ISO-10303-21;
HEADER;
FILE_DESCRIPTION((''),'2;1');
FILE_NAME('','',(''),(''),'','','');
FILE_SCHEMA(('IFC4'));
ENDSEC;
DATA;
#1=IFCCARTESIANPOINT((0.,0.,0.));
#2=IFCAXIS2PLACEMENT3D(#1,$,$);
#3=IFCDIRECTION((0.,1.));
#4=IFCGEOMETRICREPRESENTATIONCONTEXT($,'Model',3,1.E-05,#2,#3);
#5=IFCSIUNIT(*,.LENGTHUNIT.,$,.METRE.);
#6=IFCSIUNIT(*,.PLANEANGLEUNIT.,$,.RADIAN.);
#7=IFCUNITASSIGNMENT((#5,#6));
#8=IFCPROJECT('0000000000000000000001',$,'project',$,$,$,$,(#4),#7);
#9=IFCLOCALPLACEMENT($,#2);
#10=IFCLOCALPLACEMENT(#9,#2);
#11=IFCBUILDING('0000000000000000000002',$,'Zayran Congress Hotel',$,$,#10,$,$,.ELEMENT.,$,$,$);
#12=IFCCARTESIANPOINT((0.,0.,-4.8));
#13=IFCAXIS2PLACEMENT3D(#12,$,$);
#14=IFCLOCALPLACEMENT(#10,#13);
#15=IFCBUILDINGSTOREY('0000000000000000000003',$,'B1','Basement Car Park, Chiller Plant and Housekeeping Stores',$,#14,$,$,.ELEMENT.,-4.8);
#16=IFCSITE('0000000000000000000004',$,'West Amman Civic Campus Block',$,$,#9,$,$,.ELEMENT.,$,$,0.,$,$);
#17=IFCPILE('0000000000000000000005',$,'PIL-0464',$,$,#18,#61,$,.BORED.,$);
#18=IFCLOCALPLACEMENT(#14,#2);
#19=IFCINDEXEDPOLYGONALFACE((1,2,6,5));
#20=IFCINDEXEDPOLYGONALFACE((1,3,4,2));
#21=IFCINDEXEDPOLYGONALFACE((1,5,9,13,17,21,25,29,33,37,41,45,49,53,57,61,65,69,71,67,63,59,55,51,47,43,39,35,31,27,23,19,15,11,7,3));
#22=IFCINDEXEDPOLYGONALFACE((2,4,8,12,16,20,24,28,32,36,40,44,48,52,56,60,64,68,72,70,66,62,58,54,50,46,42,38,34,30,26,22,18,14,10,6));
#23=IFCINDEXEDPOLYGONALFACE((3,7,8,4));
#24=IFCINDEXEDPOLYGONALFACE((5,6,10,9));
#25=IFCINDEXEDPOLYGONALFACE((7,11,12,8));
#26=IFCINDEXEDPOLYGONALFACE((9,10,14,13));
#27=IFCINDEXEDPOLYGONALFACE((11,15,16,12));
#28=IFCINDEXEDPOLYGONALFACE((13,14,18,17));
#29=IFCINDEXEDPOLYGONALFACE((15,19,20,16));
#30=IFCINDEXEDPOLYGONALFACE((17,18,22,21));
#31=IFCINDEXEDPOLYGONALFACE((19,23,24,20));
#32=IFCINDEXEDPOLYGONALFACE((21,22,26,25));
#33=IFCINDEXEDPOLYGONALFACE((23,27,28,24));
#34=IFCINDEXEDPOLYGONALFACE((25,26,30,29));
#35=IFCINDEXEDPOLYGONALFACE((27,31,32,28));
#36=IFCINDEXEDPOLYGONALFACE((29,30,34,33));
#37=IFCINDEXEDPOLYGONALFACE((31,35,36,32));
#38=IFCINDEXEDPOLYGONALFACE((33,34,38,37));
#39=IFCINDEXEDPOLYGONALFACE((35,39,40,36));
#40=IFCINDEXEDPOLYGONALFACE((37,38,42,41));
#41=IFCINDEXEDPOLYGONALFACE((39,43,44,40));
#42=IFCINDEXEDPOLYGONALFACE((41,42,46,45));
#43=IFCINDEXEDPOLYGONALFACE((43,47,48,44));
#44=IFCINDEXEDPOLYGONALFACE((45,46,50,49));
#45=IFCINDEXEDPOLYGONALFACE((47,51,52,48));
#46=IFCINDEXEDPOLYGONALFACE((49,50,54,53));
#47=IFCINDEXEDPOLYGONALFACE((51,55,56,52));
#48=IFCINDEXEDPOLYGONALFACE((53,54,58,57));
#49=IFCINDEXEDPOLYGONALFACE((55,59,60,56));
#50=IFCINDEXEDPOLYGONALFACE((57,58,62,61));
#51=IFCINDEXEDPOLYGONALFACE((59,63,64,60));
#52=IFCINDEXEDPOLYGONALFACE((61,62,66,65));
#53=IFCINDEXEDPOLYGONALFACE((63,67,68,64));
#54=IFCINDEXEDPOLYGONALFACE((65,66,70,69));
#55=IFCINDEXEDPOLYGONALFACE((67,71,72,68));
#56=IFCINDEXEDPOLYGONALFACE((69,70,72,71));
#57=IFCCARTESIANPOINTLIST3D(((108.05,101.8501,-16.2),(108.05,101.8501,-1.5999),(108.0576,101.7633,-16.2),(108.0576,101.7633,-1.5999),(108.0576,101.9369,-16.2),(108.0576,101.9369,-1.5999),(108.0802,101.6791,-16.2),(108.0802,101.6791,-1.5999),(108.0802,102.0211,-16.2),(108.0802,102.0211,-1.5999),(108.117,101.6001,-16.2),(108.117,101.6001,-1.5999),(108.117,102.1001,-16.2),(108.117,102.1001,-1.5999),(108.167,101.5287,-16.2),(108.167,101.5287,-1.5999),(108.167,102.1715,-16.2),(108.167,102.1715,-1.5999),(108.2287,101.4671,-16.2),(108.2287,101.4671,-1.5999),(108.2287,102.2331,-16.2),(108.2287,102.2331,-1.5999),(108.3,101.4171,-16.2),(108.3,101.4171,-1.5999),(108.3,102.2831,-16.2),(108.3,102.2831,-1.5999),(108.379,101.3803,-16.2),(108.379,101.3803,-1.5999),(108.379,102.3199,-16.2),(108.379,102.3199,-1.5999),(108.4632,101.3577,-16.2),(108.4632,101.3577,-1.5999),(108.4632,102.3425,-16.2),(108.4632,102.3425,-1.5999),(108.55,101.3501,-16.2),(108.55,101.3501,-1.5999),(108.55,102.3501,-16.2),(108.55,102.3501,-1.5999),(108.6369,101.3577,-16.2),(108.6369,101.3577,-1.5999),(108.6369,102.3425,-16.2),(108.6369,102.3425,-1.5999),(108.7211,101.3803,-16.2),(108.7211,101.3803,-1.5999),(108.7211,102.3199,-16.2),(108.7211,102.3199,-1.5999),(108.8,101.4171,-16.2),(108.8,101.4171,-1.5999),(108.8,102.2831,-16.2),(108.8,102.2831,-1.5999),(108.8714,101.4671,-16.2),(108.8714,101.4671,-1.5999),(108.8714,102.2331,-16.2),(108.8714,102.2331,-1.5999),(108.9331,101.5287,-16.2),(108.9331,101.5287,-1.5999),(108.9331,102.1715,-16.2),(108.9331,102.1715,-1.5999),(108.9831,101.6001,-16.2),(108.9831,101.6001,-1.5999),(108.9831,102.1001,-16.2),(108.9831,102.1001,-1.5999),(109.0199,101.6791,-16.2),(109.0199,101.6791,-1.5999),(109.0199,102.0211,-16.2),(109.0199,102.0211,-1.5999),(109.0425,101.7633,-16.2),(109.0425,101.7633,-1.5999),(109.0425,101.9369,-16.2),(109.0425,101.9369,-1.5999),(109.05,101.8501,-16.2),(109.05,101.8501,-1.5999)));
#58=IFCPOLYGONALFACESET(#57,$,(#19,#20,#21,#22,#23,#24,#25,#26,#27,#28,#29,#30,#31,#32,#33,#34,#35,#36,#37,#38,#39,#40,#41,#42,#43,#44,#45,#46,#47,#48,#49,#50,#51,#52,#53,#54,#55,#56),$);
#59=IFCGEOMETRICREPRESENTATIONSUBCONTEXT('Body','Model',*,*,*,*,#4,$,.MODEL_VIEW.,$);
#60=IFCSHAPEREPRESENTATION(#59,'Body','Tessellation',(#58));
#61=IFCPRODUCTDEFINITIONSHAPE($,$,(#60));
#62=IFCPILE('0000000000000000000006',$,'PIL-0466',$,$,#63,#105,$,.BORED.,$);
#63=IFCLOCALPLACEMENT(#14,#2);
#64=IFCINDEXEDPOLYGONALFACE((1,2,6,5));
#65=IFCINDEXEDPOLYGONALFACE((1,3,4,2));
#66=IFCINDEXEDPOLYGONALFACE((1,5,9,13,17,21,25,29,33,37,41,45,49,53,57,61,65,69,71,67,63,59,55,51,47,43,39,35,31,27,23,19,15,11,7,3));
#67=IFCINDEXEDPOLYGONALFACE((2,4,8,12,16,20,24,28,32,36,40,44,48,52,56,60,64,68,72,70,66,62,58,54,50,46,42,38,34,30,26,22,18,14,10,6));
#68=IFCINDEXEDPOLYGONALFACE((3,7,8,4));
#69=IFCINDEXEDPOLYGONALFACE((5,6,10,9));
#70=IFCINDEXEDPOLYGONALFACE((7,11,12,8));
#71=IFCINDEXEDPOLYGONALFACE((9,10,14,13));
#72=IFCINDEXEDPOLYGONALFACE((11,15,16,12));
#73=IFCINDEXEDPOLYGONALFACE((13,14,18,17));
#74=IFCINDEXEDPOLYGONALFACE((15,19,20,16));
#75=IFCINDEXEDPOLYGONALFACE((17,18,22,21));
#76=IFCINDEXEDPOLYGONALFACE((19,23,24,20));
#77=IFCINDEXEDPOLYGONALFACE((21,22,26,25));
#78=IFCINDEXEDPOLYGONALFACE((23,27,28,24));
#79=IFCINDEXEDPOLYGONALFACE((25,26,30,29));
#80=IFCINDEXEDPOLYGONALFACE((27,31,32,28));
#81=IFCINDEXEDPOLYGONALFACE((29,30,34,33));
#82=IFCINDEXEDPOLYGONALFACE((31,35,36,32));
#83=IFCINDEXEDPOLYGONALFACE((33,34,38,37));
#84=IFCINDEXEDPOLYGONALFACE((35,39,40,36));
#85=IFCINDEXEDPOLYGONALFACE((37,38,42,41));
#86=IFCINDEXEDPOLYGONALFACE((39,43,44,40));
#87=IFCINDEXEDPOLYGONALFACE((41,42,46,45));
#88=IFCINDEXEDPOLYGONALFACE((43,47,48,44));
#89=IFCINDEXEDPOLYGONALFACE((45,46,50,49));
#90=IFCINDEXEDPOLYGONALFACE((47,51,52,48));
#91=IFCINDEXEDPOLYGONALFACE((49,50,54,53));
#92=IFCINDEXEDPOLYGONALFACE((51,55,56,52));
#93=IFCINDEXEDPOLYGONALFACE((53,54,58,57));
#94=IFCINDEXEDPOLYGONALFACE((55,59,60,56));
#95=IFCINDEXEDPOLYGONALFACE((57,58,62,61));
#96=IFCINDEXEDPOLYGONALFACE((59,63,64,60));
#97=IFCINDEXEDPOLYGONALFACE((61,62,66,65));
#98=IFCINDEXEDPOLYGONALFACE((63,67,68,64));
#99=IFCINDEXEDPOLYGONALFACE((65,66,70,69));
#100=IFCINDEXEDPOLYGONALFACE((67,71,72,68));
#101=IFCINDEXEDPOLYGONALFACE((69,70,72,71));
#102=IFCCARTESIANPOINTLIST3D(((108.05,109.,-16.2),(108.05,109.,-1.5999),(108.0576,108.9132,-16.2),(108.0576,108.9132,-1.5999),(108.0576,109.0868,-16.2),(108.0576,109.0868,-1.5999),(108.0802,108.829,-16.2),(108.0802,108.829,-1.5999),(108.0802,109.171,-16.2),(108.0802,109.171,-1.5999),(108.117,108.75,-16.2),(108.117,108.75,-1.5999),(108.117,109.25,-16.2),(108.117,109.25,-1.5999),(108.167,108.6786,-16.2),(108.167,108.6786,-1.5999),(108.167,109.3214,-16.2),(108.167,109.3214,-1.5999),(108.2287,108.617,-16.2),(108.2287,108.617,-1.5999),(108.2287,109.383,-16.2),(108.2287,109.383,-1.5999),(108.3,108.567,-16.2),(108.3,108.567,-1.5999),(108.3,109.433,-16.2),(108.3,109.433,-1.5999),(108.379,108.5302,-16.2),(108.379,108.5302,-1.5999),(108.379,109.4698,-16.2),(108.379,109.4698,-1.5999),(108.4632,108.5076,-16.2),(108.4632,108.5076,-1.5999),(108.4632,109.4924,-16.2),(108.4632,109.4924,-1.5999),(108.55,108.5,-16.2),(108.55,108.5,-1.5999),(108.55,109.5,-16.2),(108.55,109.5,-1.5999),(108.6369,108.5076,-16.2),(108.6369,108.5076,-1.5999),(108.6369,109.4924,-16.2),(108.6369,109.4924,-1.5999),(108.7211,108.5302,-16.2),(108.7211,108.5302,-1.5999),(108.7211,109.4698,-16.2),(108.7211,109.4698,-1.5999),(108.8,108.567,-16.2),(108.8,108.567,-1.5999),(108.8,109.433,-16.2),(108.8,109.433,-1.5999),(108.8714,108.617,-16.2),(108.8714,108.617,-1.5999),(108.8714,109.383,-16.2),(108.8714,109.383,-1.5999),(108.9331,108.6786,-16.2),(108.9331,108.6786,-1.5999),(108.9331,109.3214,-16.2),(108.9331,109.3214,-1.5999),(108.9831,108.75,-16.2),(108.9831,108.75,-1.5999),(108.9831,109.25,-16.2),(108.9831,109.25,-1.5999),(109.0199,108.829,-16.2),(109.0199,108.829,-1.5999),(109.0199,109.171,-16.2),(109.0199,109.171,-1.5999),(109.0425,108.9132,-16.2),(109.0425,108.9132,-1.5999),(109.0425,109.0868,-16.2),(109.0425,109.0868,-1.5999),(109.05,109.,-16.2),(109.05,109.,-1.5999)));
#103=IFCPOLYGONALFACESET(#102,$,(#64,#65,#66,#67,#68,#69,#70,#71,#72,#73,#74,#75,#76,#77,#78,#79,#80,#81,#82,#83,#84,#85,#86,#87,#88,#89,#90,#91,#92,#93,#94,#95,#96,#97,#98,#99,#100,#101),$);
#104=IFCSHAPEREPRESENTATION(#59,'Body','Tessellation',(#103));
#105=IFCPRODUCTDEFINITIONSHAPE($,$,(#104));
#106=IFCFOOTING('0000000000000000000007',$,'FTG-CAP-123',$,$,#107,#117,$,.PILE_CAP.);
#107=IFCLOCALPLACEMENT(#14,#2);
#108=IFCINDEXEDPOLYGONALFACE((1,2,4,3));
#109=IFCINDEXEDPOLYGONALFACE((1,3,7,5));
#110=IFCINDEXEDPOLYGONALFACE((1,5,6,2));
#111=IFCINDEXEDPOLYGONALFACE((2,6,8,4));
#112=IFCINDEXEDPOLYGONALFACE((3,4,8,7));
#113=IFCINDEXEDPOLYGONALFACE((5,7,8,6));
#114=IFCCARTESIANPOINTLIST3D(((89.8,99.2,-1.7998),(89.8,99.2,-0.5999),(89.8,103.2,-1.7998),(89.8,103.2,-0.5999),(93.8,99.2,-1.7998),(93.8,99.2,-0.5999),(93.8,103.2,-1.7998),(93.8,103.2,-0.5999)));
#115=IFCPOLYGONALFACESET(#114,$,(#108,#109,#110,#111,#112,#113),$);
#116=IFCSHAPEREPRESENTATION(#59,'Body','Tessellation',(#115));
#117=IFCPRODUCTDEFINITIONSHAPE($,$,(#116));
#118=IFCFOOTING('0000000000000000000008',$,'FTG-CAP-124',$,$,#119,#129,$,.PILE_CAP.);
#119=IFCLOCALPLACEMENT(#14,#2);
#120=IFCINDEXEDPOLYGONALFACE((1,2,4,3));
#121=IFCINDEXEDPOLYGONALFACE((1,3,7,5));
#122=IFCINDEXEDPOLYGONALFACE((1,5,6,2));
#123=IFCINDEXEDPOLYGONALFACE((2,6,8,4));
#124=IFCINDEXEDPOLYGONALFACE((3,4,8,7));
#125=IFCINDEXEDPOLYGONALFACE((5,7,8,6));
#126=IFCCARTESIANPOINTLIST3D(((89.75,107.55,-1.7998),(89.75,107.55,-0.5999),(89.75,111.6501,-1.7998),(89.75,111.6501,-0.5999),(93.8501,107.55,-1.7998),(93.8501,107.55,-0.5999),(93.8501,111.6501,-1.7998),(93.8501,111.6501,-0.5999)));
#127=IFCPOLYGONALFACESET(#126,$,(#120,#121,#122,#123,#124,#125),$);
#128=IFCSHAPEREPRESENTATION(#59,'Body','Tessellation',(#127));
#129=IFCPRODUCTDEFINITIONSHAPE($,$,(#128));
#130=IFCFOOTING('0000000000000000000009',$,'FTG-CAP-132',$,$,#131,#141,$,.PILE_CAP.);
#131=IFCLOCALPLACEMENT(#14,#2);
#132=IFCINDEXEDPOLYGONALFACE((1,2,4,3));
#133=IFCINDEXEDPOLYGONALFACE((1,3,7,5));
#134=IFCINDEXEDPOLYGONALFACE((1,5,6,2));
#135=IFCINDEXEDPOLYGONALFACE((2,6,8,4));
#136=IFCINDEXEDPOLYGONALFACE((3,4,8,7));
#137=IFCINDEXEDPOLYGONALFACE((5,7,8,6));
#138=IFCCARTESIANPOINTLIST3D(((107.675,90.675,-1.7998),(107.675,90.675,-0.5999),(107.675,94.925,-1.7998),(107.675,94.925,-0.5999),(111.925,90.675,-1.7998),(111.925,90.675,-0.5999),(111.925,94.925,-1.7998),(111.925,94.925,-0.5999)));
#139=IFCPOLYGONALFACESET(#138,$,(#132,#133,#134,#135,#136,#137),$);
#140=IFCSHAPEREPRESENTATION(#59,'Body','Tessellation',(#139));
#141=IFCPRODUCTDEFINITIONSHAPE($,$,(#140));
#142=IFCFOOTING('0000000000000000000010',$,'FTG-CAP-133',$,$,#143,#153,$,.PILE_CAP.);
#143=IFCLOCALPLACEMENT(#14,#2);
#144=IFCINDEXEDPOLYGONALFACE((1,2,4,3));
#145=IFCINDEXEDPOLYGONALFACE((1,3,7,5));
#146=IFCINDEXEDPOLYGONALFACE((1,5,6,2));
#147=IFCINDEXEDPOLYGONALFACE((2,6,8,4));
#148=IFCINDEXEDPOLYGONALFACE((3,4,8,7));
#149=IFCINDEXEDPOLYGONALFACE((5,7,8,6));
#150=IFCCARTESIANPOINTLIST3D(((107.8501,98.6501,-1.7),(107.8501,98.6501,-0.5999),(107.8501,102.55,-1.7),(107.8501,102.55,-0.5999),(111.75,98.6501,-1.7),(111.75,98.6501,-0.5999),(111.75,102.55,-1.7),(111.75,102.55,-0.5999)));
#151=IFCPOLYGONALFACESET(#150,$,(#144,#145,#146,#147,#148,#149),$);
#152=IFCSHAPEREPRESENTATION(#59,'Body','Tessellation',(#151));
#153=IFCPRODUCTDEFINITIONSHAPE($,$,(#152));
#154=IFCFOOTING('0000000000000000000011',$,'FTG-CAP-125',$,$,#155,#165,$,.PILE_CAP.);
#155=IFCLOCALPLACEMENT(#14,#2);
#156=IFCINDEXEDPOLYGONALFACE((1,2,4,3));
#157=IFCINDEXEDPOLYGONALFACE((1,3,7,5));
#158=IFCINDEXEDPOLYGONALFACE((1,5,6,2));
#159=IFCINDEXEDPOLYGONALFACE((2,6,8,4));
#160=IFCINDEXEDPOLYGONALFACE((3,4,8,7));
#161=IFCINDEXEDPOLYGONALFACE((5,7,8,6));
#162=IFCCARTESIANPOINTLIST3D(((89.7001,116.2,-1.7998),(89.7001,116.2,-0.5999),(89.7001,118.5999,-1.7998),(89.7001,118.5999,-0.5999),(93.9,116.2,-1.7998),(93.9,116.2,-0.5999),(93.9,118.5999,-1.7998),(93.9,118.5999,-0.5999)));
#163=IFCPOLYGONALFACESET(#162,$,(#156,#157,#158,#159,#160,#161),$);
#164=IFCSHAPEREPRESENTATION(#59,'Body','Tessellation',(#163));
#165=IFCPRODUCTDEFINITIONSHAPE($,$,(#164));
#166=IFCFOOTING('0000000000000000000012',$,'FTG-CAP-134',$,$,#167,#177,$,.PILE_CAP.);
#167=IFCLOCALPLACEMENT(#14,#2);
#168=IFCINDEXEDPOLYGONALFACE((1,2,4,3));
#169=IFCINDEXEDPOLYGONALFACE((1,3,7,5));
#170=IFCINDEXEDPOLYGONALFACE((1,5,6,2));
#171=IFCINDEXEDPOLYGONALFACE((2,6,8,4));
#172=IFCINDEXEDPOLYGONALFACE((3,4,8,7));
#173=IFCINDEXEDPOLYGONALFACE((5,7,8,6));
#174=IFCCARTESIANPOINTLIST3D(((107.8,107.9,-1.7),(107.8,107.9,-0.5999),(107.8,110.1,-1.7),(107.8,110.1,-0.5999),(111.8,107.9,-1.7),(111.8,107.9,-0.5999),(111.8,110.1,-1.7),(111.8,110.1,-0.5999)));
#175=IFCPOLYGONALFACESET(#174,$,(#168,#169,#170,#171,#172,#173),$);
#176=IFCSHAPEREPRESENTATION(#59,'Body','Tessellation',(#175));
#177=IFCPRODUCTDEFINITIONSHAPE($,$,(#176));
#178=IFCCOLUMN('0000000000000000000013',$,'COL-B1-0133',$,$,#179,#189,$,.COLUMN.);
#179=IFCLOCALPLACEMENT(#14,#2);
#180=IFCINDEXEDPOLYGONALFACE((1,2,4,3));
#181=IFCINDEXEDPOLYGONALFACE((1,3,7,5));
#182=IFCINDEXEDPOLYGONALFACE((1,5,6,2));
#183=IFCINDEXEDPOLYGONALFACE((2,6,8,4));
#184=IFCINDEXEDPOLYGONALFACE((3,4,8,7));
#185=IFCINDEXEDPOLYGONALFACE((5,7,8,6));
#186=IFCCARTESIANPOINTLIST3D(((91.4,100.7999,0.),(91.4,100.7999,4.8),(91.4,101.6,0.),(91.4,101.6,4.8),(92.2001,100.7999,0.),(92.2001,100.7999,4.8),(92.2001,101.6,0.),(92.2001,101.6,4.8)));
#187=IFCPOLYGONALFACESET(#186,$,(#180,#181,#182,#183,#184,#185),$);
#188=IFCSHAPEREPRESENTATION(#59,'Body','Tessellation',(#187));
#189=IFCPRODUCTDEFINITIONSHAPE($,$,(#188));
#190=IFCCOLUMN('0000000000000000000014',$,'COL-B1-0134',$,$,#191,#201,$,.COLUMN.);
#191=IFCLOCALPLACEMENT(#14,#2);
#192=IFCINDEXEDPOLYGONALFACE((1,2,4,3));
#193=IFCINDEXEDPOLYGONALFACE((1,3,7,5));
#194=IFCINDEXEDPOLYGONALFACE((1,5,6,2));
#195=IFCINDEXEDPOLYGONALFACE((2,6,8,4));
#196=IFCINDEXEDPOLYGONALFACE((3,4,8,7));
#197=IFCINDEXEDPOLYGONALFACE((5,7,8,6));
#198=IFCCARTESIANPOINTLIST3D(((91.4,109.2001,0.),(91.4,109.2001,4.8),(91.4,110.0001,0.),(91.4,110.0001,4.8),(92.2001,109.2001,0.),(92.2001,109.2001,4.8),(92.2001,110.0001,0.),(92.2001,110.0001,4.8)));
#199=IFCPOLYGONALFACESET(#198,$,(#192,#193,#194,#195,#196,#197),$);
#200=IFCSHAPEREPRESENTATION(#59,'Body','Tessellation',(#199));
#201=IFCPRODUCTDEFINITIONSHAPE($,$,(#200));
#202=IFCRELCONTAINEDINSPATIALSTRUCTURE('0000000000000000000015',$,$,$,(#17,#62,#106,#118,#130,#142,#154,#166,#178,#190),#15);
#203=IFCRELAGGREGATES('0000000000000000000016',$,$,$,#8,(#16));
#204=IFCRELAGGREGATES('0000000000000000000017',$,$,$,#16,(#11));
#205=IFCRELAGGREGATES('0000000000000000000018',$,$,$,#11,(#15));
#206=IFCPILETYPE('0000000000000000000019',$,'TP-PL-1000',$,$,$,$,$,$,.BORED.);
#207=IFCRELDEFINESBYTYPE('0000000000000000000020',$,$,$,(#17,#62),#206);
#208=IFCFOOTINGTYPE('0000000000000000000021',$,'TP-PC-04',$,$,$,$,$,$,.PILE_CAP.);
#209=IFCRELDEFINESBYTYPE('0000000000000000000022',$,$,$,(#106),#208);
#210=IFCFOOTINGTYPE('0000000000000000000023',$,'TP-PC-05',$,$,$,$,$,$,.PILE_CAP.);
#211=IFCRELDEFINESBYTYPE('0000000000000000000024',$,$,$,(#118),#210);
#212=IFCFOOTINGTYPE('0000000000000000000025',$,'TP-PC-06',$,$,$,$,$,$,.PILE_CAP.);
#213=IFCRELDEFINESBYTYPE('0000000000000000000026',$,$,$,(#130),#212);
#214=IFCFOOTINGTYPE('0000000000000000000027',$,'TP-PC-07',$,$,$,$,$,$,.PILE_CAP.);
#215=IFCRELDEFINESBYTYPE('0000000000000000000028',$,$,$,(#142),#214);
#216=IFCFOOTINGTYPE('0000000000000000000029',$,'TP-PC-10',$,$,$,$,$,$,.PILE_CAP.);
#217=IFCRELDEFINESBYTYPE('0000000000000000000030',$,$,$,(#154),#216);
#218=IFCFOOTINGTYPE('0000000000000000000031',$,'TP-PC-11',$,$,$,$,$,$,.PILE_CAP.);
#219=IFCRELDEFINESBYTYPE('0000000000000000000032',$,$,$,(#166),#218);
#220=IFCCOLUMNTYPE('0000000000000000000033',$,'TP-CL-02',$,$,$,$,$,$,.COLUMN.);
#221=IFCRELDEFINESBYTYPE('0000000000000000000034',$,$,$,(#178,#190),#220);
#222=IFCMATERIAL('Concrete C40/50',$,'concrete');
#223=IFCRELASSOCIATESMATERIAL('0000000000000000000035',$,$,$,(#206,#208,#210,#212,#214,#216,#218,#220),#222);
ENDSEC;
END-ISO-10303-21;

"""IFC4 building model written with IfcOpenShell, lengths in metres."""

from ifc_helpers import new_model, si_unit, direction, frame, origin, origin_2d, place, context, subcontext, project, spatial, rectangle, circle, extrude, material, material_profile, profile_set, type_object, element, save


model = new_model("IFC4")

# Units and contexts
model_context = context("Model", 3, precision=1e-05, world=origin(), true_north=direction((0.0, 1.0)))
body_context = subcontext(model_context, "Body", "Model", "MODEL_VIEW")
ifc_project = project(units=[si_unit("LENGTHUNIT", "METRE"), si_unit("PLANEANGLEUNIT", "RADIAN")], contexts=[model_context])

# Site, building, storey
site_placement = place(None, origin())
site = spatial("IfcSite", under=ifc_project, at=site_placement, Name="West Amman Civic Campus Block", CompositionType="ELEMENT", RefElevation=0.0)
building_placement = place(site_placement, origin())
building = spatial("IfcBuilding", under=site, at=building_placement, Name="Zayran Congress Hotel", CompositionType="ELEMENT")
storey_placement = place(building_placement, frame((0.0, 0.0, -4.8)))
storey = spatial("IfcBuildingStorey", under=building, at=storey_placement, Name="B1", Description="Basement Car Park, Chiller Plant and Housekeeping Stores", CompositionType="ELEMENT", Elevation=-4.8)

# Piles
ifc_material_1 = material(Name="Concrete C40/50", Category="concrete")
ifc_material_profile_1 = material_profile(ifc_material_1, circle(Radius=0.5, at=origin_2d()), Name="PILE D1000")
ifc_profile_set_1 = profile_set([ifc_material_profile_1], Name="Concrete C40/50")
pile_type = type_object("IfcPileType", Name="TP-PL-1000", PredefinedType="BORED", material=ifc_profile_set_1)
for number, where, z_axis, x_axis, name in (
    (1, (108.55, 101.8501, -1.5999), (0.0, 0.0, -1.0), (1.0, 0.0, 0.0), "PIL-0464"),
    (2, (108.55, 109.0, -1.5999), (0.0, 0.0, -1.0), (1.0, 0.0, 0.0), "PIL-0466"),
):
    element("IfcPile", number, at=place(storey_placement, frame(where, z_axis=z_axis, x_axis=x_axis)), inside=storey, type_object=pile_type, Name=name, PredefinedType="BORED", context=body_context, shape_type="SweptSolid", body=[
        extrude(circle(Radius=0.5, at=origin_2d()), origin(), (0.0, 0.0, 1.0), 14.6001),
    ])

# Footings
footing_type_1 = type_object("IfcFootingType", Name="TP-PC-04", PredefinedType="PILE_CAP", material=ifc_material_1)
footing_1_placement = place(storey_placement, frame((91.8, 101.2, -1.7998), z_axis=(0.0, 0.0, 1.0), x_axis=(1.0, 0.0, 0.0)))
element("IfcFooting", 3, at=footing_1_placement, inside=storey, type_object=footing_type_1, Name="FTG-CAP-123", PredefinedType="PILE_CAP", context=body_context, shape_type="SweptSolid", body=[
    extrude(rectangle(XDim=4.0, YDim=4.0, at=origin_2d()), origin(), (0.0, 0.0, 1.0), 1.2),
])
footing_type_2 = type_object("IfcFootingType", Name="TP-PC-05", PredefinedType="PILE_CAP", material=ifc_material_1)
footing_2_placement = place(storey_placement, frame((91.8, 109.6001, -1.7998), z_axis=(0.0, 0.0, 1.0), x_axis=(1.0, 0.0, 0.0)))
element("IfcFooting", 4, at=footing_2_placement, inside=storey, type_object=footing_type_2, Name="FTG-CAP-124", PredefinedType="PILE_CAP", context=body_context, shape_type="SweptSolid", body=[
    extrude(rectangle(XDim=4.1001, YDim=4.1001, at=origin_2d()), origin(), (0.0, 0.0, 1.0), 1.2),
])
footing_type_3 = type_object("IfcFootingType", Name="TP-PC-06", PredefinedType="PILE_CAP", material=ifc_material_1)
footing_3_placement = place(storey_placement, frame((109.8, 92.8, -1.7998), z_axis=(0.0, 0.0, 1.0), x_axis=(1.0, 0.0, 0.0)))
element("IfcFooting", 5, at=footing_3_placement, inside=storey, type_object=footing_type_3, Name="FTG-CAP-132", PredefinedType="PILE_CAP", context=body_context, shape_type="SweptSolid", body=[
    extrude(rectangle(XDim=4.25, YDim=4.25, at=origin_2d()), origin(), (0.0, 0.0, 1.0), 1.2),
])
footing_type_4 = type_object("IfcFootingType", Name="TP-PC-07", PredefinedType="PILE_CAP", material=ifc_material_1)
footing_4_placement = place(storey_placement, frame((109.8, 100.6001, -1.7), z_axis=(0.0, 0.0, 1.0), x_axis=(1.0, 0.0, 0.0)))
element("IfcFooting", 6, at=footing_4_placement, inside=storey, type_object=footing_type_4, Name="FTG-CAP-133", PredefinedType="PILE_CAP", context=body_context, shape_type="SweptSolid", body=[
    extrude(rectangle(XDim=3.8999, YDim=3.8999, at=origin_2d()), origin(), (0.0, 0.0, 1.0), 1.1001),
])
footing_type_5 = type_object("IfcFootingType", Name="TP-PC-10", PredefinedType="PILE_CAP", material=ifc_material_1)
footing_5_placement = place(storey_placement, frame((91.8, 117.3999, -1.7998), z_axis=(0.0, 0.0, 1.0), x_axis=(1.0, 0.0, 0.0)))
element("IfcFooting", 7, at=footing_5_placement, inside=storey, type_object=footing_type_5, Name="FTG-CAP-125", PredefinedType="PILE_CAP", context=body_context, shape_type="SweptSolid", body=[
    extrude(rectangle(XDim=4.2, YDim=2.3999, at=origin_2d()), origin(), (0.0, 0.0, 1.0), 1.2),
])
footing_type_6 = type_object("IfcFootingType", Name="TP-PC-11", PredefinedType="PILE_CAP", material=ifc_material_1)
footing_6_placement = place(storey_placement, frame((109.8, 109.0, -1.7), z_axis=(0.0, 0.0, 1.0), x_axis=(1.0, 0.0, 0.0)))
element("IfcFooting", 8, at=footing_6_placement, inside=storey, type_object=footing_type_6, Name="FTG-CAP-134", PredefinedType="PILE_CAP", context=body_context, shape_type="SweptSolid", body=[
    extrude(rectangle(XDim=4.0, YDim=2.2, at=origin_2d()), origin(), (0.0, 0.0, 1.0), 1.1001),
])

# Columns
ifc_material_profile_2 = material_profile(ifc_material_1, rectangle(XDim=0.8, YDim=0.8, at=origin_2d()), Name="RC 800x800")
ifc_profile_set_2 = profile_set([ifc_material_profile_2], Name="Concrete C40/50")
column_type_1 = type_object("IfcColumnType", Name="TP-CL-02", PredefinedType="COLUMN", material=ifc_profile_set_2)
for number, where, z_axis, x_axis, name in (
    (9, (91.8, 101.2, 0.0), (0.0, 0.0, 1.0), (1.0, 0.0, 0.0), "COL-B1-0133"),
    (10, (91.8, 109.6001, 0.0), (0.0, 0.0, 1.0), (1.0, 0.0, 0.0), "COL-B1-0134"),
):
    element("IfcColumn", number, at=place(storey_placement, frame(where, z_axis=z_axis, x_axis=x_axis)), inside=storey, type_object=column_type_1, Name=name, PredefinedType="COLUMN", context=body_context, shape_type="SweptSolid", body=[
        extrude(rectangle(XDim=0.8, YDim=0.8, at=origin_2d()), origin(), (0.0, 0.0, 1.0), 4.8),
    ])

save(model, "model.ifc")
